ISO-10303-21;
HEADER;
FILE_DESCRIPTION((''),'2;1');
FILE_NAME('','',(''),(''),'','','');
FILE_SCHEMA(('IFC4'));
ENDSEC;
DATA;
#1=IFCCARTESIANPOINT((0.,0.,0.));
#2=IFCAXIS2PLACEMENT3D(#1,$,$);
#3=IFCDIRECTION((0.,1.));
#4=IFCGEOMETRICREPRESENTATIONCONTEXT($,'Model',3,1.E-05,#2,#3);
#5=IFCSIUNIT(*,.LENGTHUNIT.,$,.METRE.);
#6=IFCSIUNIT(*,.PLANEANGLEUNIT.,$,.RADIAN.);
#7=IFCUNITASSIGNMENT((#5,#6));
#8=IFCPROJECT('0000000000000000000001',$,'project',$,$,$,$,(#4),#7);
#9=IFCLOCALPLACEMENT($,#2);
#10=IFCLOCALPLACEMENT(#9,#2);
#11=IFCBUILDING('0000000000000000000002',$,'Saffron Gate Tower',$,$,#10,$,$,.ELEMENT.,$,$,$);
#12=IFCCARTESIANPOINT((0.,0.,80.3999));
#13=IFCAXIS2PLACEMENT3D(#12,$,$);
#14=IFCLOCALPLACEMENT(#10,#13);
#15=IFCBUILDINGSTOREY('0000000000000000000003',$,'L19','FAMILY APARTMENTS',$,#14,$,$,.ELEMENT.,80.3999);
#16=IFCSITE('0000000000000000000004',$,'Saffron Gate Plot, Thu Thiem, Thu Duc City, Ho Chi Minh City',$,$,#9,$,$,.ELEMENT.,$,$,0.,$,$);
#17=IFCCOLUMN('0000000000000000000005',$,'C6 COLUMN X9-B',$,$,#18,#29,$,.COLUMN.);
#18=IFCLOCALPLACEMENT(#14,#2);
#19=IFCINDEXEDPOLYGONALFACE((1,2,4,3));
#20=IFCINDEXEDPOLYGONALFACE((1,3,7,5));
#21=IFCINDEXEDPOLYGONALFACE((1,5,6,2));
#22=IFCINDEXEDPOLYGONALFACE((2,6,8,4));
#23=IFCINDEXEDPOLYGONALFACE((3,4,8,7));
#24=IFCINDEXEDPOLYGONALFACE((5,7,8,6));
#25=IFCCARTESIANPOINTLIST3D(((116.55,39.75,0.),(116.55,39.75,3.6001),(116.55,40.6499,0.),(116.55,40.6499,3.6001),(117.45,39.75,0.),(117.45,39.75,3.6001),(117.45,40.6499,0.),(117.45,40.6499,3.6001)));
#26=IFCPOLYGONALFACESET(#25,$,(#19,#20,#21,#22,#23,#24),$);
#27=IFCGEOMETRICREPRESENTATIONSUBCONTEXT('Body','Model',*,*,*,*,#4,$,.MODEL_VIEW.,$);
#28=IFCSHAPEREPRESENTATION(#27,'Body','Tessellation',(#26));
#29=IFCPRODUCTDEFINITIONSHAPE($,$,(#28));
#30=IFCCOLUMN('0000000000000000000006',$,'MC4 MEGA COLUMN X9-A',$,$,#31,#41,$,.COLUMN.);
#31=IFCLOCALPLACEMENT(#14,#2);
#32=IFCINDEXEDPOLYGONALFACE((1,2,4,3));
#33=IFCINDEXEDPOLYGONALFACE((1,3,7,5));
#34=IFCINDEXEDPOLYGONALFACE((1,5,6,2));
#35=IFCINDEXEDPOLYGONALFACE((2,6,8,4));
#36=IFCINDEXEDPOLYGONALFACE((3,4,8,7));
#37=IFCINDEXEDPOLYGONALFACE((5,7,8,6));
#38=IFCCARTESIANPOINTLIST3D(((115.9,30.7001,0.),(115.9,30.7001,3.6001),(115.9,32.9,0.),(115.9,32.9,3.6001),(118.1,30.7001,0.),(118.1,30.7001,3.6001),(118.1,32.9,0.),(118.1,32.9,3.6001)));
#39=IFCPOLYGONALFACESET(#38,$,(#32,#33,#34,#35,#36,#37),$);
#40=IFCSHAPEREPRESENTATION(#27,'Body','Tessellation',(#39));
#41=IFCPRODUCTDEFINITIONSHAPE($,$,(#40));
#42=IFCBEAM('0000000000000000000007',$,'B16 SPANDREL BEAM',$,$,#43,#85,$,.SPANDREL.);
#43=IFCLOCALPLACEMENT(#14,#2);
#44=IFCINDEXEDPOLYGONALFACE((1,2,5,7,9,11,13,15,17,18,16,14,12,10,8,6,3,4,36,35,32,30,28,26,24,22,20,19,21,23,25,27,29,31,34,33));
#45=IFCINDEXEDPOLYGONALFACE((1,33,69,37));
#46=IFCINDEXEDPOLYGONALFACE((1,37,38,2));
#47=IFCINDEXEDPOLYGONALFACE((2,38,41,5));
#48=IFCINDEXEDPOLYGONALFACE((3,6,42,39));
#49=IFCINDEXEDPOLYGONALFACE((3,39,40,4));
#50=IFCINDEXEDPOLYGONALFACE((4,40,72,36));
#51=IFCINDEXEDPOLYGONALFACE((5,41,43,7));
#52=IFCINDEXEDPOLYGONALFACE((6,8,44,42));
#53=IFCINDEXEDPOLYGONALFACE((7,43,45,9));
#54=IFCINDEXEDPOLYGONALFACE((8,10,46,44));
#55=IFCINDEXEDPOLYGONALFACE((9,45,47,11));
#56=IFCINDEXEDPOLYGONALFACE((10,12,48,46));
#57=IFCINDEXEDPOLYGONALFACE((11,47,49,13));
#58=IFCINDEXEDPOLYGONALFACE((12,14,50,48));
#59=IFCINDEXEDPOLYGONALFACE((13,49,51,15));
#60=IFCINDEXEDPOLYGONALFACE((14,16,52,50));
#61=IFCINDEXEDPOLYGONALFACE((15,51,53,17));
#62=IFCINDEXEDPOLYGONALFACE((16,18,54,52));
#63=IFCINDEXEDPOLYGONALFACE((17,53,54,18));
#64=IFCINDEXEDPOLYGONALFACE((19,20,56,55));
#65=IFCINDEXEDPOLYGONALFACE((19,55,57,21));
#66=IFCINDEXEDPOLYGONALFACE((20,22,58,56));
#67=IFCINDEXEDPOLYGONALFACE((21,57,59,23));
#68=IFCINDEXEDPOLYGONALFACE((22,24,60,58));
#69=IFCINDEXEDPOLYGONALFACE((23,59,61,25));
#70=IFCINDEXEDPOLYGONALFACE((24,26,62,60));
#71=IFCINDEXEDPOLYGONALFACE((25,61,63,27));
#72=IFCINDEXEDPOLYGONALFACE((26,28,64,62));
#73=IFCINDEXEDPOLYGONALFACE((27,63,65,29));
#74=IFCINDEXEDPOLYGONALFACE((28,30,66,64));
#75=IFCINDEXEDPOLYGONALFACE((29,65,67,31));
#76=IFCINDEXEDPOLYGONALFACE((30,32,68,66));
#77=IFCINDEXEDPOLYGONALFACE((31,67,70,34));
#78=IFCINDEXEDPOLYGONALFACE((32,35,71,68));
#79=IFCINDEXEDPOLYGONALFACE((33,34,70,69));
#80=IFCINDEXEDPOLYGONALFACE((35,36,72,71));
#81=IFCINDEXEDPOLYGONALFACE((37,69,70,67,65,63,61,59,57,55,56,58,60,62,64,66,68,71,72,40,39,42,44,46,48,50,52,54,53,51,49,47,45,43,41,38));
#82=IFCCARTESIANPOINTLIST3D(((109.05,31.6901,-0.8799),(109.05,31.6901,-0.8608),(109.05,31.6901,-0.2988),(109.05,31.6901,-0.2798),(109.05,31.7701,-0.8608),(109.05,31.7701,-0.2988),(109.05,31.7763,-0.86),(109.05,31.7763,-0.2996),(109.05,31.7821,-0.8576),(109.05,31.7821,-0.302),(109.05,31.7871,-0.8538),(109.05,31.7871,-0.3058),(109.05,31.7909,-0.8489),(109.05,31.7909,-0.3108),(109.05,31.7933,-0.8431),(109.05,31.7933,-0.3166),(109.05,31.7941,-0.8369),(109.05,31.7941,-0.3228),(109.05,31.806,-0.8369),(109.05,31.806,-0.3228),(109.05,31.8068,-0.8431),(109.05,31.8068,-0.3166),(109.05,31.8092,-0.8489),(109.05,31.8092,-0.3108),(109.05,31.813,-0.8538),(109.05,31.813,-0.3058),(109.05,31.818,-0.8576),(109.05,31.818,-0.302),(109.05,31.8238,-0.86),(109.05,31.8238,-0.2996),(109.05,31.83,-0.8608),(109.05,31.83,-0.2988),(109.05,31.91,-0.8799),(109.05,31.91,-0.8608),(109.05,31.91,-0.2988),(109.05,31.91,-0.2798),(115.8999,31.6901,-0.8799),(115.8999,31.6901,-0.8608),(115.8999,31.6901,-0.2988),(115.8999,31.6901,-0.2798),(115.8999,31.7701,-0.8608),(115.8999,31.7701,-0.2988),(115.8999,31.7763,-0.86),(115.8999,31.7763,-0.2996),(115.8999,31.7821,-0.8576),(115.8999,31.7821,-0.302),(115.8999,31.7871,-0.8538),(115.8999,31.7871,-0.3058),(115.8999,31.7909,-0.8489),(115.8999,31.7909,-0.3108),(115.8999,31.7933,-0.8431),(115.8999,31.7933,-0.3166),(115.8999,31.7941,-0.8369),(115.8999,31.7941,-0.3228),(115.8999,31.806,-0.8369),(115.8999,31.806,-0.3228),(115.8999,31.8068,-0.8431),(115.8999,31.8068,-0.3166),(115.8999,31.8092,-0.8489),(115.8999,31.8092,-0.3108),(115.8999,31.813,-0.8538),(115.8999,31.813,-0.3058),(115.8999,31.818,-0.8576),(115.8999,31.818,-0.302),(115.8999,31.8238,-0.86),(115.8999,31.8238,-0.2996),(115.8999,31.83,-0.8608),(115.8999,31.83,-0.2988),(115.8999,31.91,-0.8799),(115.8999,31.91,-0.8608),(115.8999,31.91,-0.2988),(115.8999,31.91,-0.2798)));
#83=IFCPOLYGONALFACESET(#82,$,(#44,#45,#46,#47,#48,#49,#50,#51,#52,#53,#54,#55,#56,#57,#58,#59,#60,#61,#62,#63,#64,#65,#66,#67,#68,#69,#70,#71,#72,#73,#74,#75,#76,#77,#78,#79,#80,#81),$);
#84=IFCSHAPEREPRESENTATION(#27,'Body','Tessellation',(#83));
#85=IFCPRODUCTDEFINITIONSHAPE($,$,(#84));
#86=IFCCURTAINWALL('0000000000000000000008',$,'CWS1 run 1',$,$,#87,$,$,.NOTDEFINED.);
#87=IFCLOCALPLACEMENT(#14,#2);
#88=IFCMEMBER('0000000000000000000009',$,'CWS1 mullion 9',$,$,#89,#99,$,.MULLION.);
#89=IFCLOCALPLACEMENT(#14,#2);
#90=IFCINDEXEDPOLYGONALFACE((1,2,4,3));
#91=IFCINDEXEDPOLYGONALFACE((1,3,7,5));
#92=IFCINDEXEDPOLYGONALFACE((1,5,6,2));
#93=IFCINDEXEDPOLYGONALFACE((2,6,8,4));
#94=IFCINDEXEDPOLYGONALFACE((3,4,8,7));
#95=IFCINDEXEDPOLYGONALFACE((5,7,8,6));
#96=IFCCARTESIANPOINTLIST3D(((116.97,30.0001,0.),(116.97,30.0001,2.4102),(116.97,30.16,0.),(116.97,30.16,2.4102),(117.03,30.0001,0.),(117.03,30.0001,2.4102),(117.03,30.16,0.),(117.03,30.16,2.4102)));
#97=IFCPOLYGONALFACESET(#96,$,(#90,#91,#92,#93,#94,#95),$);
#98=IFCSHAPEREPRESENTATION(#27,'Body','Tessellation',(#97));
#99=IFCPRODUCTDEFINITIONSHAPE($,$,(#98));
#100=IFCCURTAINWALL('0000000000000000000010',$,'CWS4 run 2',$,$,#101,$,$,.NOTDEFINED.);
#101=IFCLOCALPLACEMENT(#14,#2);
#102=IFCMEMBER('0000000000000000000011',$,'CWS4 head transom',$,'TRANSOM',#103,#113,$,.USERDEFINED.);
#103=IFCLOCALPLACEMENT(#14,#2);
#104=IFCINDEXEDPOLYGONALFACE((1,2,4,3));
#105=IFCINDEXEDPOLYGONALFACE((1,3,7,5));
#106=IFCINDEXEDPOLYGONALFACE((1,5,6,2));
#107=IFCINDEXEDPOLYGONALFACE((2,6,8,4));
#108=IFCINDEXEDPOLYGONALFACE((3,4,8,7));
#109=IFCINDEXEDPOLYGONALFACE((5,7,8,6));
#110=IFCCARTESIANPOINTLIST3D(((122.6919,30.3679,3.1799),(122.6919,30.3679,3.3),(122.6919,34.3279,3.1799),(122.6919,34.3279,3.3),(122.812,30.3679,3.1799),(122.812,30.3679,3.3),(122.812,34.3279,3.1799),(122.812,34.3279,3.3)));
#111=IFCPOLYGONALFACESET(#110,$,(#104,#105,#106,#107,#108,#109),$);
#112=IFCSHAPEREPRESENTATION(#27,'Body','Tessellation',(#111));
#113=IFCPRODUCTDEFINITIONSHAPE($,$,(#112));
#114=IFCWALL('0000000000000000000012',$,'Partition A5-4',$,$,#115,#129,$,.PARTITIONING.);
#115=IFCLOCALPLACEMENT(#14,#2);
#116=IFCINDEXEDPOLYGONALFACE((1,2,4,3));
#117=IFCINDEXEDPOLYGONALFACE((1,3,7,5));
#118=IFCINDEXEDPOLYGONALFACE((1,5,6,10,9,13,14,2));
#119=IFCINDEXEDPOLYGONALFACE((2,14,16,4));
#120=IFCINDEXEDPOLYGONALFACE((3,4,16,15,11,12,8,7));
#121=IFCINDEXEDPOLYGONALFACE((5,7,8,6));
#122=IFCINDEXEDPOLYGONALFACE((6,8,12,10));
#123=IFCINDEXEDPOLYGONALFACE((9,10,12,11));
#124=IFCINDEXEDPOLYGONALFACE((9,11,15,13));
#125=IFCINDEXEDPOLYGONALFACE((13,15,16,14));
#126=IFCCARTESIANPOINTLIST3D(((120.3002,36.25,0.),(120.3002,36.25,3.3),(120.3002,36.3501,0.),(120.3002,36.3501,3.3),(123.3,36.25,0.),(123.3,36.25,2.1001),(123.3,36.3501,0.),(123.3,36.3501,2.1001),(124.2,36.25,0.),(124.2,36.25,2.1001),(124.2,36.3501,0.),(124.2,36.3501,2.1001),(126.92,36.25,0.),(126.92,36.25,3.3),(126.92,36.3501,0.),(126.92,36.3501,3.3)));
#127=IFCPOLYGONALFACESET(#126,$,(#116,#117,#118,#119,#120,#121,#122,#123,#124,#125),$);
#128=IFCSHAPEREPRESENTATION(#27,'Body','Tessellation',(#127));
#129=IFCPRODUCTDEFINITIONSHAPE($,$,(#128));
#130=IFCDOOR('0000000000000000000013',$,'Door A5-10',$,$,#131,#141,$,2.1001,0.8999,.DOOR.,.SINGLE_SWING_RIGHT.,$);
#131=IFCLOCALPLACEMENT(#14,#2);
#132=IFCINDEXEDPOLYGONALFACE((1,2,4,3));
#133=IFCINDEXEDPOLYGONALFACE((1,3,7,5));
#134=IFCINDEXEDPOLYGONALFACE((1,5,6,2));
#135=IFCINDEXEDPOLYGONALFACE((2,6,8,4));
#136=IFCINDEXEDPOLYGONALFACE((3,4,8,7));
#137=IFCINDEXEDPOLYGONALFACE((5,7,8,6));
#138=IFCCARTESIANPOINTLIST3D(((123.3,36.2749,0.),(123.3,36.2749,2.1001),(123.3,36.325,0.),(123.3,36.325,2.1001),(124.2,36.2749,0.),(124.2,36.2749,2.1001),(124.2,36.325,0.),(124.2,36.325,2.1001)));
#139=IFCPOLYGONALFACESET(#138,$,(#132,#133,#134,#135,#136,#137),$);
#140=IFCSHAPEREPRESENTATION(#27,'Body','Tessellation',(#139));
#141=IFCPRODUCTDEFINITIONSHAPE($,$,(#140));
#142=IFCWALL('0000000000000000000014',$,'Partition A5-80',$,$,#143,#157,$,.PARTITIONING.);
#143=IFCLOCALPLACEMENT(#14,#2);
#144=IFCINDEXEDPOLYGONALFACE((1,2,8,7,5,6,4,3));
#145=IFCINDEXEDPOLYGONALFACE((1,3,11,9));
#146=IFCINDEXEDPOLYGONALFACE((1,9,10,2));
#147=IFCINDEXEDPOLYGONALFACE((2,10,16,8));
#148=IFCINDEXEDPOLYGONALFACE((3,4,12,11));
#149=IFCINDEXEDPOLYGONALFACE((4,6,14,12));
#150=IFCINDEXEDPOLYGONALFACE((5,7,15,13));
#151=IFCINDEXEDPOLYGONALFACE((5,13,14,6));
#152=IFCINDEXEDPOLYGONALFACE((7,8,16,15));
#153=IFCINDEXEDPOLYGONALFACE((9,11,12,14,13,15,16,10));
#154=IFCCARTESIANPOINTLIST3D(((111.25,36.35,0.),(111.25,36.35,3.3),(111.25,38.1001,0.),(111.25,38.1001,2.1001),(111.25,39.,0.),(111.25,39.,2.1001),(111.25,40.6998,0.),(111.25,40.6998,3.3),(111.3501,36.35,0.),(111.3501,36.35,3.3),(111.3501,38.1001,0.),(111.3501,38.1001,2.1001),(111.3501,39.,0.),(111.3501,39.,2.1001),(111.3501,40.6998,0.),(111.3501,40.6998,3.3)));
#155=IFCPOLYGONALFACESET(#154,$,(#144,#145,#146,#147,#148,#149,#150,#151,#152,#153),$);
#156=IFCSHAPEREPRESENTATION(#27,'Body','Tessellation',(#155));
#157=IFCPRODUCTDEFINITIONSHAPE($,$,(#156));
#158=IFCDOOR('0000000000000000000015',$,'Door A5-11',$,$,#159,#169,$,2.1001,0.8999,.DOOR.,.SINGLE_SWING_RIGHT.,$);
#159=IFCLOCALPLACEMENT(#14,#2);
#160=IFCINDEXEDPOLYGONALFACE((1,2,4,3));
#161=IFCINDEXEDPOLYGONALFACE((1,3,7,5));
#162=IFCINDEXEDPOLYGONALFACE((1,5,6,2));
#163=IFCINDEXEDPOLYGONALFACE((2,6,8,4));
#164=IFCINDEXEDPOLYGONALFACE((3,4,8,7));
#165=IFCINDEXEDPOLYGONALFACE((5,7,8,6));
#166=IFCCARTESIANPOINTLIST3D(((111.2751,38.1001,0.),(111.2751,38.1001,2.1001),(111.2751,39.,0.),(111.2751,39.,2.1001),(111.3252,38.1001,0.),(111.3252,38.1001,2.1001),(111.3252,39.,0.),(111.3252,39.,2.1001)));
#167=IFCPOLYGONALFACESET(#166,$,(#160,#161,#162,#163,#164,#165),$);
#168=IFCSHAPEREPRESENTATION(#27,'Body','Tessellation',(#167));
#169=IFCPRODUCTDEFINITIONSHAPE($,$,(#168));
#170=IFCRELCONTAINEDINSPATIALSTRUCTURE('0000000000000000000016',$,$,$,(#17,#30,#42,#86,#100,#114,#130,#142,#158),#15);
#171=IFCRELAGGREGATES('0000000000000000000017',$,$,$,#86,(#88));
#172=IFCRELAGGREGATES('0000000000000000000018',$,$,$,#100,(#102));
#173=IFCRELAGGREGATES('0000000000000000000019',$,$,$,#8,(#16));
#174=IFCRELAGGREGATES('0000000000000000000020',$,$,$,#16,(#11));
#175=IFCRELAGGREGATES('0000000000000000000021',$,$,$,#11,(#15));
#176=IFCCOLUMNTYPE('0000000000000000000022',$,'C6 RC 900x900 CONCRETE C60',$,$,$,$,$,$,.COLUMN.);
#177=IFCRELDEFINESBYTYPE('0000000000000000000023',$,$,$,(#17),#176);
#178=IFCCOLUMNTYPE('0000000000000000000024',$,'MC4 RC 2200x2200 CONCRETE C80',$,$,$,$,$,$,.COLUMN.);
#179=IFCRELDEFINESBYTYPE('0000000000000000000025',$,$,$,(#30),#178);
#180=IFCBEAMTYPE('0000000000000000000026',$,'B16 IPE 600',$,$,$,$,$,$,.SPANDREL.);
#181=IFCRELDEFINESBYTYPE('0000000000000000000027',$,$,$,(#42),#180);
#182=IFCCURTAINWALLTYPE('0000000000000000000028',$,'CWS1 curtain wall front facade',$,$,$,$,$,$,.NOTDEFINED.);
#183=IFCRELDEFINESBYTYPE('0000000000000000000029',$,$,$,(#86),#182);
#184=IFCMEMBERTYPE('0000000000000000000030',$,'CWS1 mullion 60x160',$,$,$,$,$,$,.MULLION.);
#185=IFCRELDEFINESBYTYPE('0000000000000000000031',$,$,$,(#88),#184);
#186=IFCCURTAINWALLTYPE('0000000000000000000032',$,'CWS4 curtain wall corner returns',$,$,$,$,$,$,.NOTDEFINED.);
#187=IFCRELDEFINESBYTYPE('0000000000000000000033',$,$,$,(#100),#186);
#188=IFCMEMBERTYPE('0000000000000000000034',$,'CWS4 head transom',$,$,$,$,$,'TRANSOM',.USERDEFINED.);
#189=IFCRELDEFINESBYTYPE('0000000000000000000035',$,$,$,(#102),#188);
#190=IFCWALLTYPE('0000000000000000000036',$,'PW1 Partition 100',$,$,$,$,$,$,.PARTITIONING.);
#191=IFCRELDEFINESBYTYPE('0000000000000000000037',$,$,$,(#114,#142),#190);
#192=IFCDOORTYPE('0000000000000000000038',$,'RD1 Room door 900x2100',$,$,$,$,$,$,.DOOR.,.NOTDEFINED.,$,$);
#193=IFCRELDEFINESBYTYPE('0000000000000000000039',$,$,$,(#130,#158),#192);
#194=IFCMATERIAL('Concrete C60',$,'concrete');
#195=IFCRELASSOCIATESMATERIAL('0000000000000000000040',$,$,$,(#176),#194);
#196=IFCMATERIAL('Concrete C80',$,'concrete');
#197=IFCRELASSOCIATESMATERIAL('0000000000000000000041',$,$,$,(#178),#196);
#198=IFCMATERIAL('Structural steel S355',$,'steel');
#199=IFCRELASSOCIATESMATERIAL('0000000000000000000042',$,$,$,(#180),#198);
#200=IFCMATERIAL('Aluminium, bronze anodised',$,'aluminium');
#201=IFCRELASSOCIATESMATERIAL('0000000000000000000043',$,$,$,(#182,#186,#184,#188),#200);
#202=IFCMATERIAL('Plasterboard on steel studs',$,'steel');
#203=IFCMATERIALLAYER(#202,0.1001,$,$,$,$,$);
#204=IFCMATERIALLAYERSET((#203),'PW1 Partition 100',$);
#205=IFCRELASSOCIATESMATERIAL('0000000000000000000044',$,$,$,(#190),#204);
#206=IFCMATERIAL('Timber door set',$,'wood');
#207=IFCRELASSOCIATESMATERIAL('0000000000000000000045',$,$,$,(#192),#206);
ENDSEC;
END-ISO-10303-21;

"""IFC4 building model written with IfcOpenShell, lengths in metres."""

from ifc_helpers import new_model, si_unit, direction, frame, frame_2d, origin, origin_2d, place, context, subcontext, project, spatial, rectangle, i_section, extrude, material, layer, layer_set, material_profile, profile_set, type_object, element, fill, aggregate, save


model = new_model("IFC4")

# Units and contexts
model_context = context("Model", 3, precision=1e-05, world=origin(), true_north=direction((0.0, 1.0)))
body_context = subcontext(model_context, "Body", "Model", "MODEL_VIEW")
ifc_project = project(units=[si_unit("LENGTHUNIT", "METRE"), si_unit("PLANEANGLEUNIT", "RADIAN")], contexts=[model_context])

# Site, building, storey
site_placement = place(None, origin())
site = spatial("IfcSite", under=ifc_project, at=site_placement, Name="Saffron Gate Plot, Thu Thiem, Thu Duc City, Ho Chi Minh City", CompositionType="ELEMENT", RefElevation=0.0)
building_placement = place(site_placement, origin())
building = spatial("IfcBuilding", under=site, at=building_placement, Name="Saffron Gate Tower", CompositionType="ELEMENT")
storey_placement = place(building_placement, frame((0.0, 0.0, 80.3999)))
storey = spatial("IfcBuildingStorey", under=building, at=storey_placement, Name="L19", Description="FAMILY APARTMENTS", CompositionType="ELEMENT", Elevation=80.3999)

# Columns
ifc_material_1 = material(Name="Concrete C60", Category="concrete")
ifc_material_profile_1 = material_profile(ifc_material_1, rectangle(XDim=0.8999, YDim=0.8999, at=origin_2d()))
ifc_profile_set_1 = profile_set([ifc_material_profile_1], Name="Concrete C60")
column_type_1 = type_object("IfcColumnType", Name="C6 RC 900x900 CONCRETE C60", PredefinedType="COLUMN", material=ifc_profile_set_1)
column_1_placement = place(storey_placement, frame((117.0, 40.2, 0.0), z_axis=(0.0, 0.0, 1.0), x_axis=(1.0, 0.0, 0.0)))
element("IfcColumn", 1, at=column_1_placement, inside=storey, type_object=column_type_1, Name="C6 COLUMN X9-B", PredefinedType="COLUMN", context=body_context, shape_type="SweptSolid", body=[
    extrude(rectangle(XDim=0.8999, YDim=0.8999, at=origin_2d()), origin(), (0.0, 0.0, 1.0), 3.6001),
])
ifc_material_2 = material(Name="Concrete C80", Category="concrete")
ifc_material_profile_2 = material_profile(ifc_material_2, rectangle(XDim=2.2, YDim=2.2, at=origin_2d()))
ifc_profile_set_2 = profile_set([ifc_material_profile_2], Name="Concrete C80")
column_type_2 = type_object("IfcColumnType", Name="MC4 RC 2200x2200 CONCRETE C80", PredefinedType="COLUMN", material=ifc_profile_set_2)
column_2_placement = place(storey_placement, frame((117.0, 31.8, 0.0), z_axis=(0.0, 0.0, 1.0), x_axis=(1.0, 0.0, 0.0)))
element("IfcColumn", 2, at=column_2_placement, inside=storey, type_object=column_type_2, Name="MC4 MEGA COLUMN X9-A", PredefinedType="COLUMN", context=body_context, shape_type="SweptSolid", body=[
    extrude(rectangle(XDim=2.2, YDim=2.2, at=origin_2d()), origin(), (0.0, 0.0, 1.0), 3.6001),
])

# Beam
ifc_material_3 = material(Name="Structural steel S355", Category="steel")
ifc_material_profile_3 = material_profile(ifc_material_3, i_section(OverallWidth=0.22, OverallDepth=0.6001, WebThickness=0.012, FlangeThickness=0.019, FilletRadius=0.0239, at=origin_2d()))
ifc_profile_set_3 = profile_set([ifc_material_profile_3], Name="Structural steel S355")
beam_type = type_object("IfcBeamType", Name="B16 IPE 600", PredefinedType="SPANDREL", material=ifc_profile_set_3)
beam_placement = place(storey_placement, frame((109.05, 31.8, -0.5798), z_axis=(1.0, 0.0, 0.0), x_axis=(0.0, 1.0, 0.0)))
element("IfcBeam", 3, at=beam_placement, inside=storey, type_object=beam_type, Name="B16 SPANDREL BEAM", PredefinedType="SPANDREL", context=body_context, shape_type="SweptSolid", body=[
    extrude(i_section(OverallWidth=0.22, OverallDepth=0.6001, WebThickness=0.012, FlangeThickness=0.019, FilletRadius=0.0239, at=origin_2d()), origin(), (0.0, 0.0, 1.0), 6.8499),
])

# Curtain walls, members
ifc_material_4 = material(Name="Aluminium, bronze anodised", Category="aluminium")
curtain_wall_type_1 = type_object("IfcCurtainWallType", Name="CWS1 curtain wall front facade", PredefinedType="NOTDEFINED", material=ifc_material_4)
curtain_wall_1_placement = place(storey_placement, origin())
curtain_wall_1 = element("IfcCurtainWall", 4, at=curtain_wall_1_placement, inside=storey, type_object=curtain_wall_type_1, Name="CWS1 run 1", PredefinedType="NOTDEFINED")
ifc_material_profile_4 = material_profile(ifc_material_4, rectangle(XDim=0.1599, YDim=0.0601, at=origin_2d()))
ifc_profile_set_4 = profile_set([ifc_material_profile_4], Name="Aluminium, bronze anodised")
member_type_1 = type_object("IfcMemberType", Name="CWS1 mullion 60x160", PredefinedType="MULLION", material=ifc_profile_set_4)
member_1_placement = place(storey_placement, frame((117.0, 30.0801, 0.0), z_axis=(0.0, 0.0, 1.0), x_axis=(0.0, 1.0, 0.0)))
member_1 = element("IfcMember", 5, at=member_1_placement, type_object=member_type_1, Name="CWS1 mullion 9", PredefinedType="MULLION", context=body_context, shape_type="SweptSolid", body=[
    extrude(rectangle(XDim=0.1599, YDim=0.0601, at=origin_2d()), origin(), (0.0, 0.0, 1.0), 2.4102),
])
aggregate(curtain_wall_1, [member_1])
curtain_wall_type_2 = type_object("IfcCurtainWallType", Name="CWS4 curtain wall corner returns", PredefinedType="NOTDEFINED", material=ifc_material_4)
curtain_wall_2_placement = place(storey_placement, origin())
curtain_wall_2 = element("IfcCurtainWall", 6, at=curtain_wall_2_placement, inside=storey, type_object=curtain_wall_type_2, Name="CWS4 run 2", PredefinedType="NOTDEFINED")
ifc_material_profile_5 = material_profile(ifc_material_4, rectangle(XDim=0.1201, YDim=0.1201, at=origin_2d()))
ifc_profile_set_5 = profile_set([ifc_material_profile_5], Name="Aluminium, bronze anodised")
member_type_2 = type_object("IfcMemberType", Name="CWS4 head transom", ElementType="TRANSOM", PredefinedType="USERDEFINED", material=ifc_profile_set_5)
member_2_placement = place(storey_placement, frame((122.752, 30.3679, 3.24), z_axis=(0.0, 1.0, 0.0), x_axis=(-1.0, 0.0, 0.0)))
member_2 = element("IfcMember", 7, at=member_2_placement, type_object=member_type_2, Name="CWS4 head transom", ObjectType="TRANSOM", PredefinedType="USERDEFINED", context=body_context, shape_type="SweptSolid", body=[
    extrude(rectangle(XDim=0.1201, YDim=0.1201, at=origin_2d()), origin(), (0.0, 0.0, 1.0), 3.96),
])
aggregate(curtain_wall_2, [member_2])

# Walls, openings, doors
ifc_material_5 = material(Name="Plasterboard on steel studs", Category="steel")
ifc_layer = layer(ifc_material_5, 0.1001)
ifc_layer_set = layer_set([ifc_layer], Name="PW1 Partition 100")
wall_type = type_object("IfcWallType", Name="PW1 Partition 100", PredefinedType="PARTITIONING", material=ifc_layer_set)
wall_1_placement = place(storey_placement, frame((120.3, 36.3, 0.0), z_axis=(0.0, 0.0, 1.0), x_axis=(1.0, 0.0, 0.0)))
wall_1 = element("IfcWall", 8, at=wall_1_placement, inside=storey, type_object=wall_type, Name="Partition A5-4", PredefinedType="PARTITIONING", context=body_context, shape_type="SweptSolid", body=[
    extrude(rectangle(XDim=6.6199, YDim=0.1001, at=frame_2d((3.3101, 0.0))), origin(), (0.0, 0.0, 1.0), 3.3),
])
opening_1_placement = place(wall_1_placement, frame((3.0, 0.0, 0.0)))
opening_1 = element("IfcOpeningElement", 9, at=opening_1_placement, cuts=wall_1, PredefinedType="OPENING", context=body_context, shape_type="SweptSolid", body=[
    extrude(rectangle(XDim=0.8999, YDim=2.1001, at=frame_2d((0.45, 1.05))), frame((0.0, 0.0601, 0.0), z_axis=(0.0, -1.0, 0.0), x_axis=(1.0, 0.0, 0.0)), (0.0, 0.0, 1.0), 0.1201),
])
ifc_material_6 = material(Name="Timber door set", Category="wood")
door_type = type_object("IfcDoorType", Name="RD1 Room door 900x2100", OperationType="NOTDEFINED", PredefinedType="DOOR", material=ifc_material_6)
door_1_placement = place(opening_1_placement, origin())
door_1 = element("IfcDoor", 10, at=door_1_placement, inside=storey, type_object=door_type, Name="Door A5-10", OperationType="SINGLE_SWING_RIGHT", OverallHeight=2.1001, OverallWidth=0.8999, PredefinedType="DOOR", context=body_context, shape_type="SweptSolid", body=[
    extrude(rectangle(XDim=0.8999, YDim=2.1001, at=frame_2d((0.45, 1.05))), frame((0.0, 0.0249, 0.0), z_axis=(0.0, -1.0, 0.0), x_axis=(1.0, 0.0, 0.0)), (0.0, 0.0, 1.0), 0.05),
])
fill(opening_1, door_1)
wall_2_placement = place(storey_placement, frame((111.3, 36.3501, 0.0), z_axis=(0.0, 0.0, 1.0), x_axis=(0.0, 1.0, 0.0)))
wall_2 = element("IfcWall", 11, at=wall_2_placement, inside=storey, type_object=wall_type, Name="Partition A5-80", PredefinedType="PARTITIONING", context=body_context, shape_type="SweptSolid", body=[
    extrude(rectangle(XDim=4.3499, YDim=0.1001, at=frame_2d((2.1748, 0.0))), origin(), (0.0, 0.0, 1.0), 3.3),
])
opening_2_placement = place(wall_2_placement, frame((1.75, 0.0, 0.0)))
opening_2 = element("IfcOpeningElement", 12, at=opening_2_placement, cuts=wall_2, PredefinedType="OPENING", context=body_context, shape_type="SweptSolid", body=[
    extrude(rectangle(XDim=0.8999, YDim=2.1001, at=frame_2d((0.45, 1.05))), frame((0.0, 0.0601, 0.0), z_axis=(0.0, -1.0, 0.0), x_axis=(1.0, 0.0, 0.0)), (0.0, 0.0, 1.0), 0.1201),
])
door_2_placement = place(opening_2_placement, origin())
door_2 = element("IfcDoor", 13, at=door_2_placement, inside=storey, type_object=door_type, Name="Door A5-11", OperationType="SINGLE_SWING_RIGHT", OverallHeight=2.1001, OverallWidth=0.8999, PredefinedType="DOOR", context=body_context, shape_type="SweptSolid", body=[
    extrude(rectangle(XDim=0.8999, YDim=2.1001, at=frame_2d((0.45, 1.05))), frame((0.0, 0.0249, 0.0), z_axis=(0.0, -1.0, 0.0), x_axis=(1.0, 0.0, 0.0)), (0.0, 0.0, 1.0), 0.05),
])
fill(opening_2, door_2)

save(model, "model.ifc")
